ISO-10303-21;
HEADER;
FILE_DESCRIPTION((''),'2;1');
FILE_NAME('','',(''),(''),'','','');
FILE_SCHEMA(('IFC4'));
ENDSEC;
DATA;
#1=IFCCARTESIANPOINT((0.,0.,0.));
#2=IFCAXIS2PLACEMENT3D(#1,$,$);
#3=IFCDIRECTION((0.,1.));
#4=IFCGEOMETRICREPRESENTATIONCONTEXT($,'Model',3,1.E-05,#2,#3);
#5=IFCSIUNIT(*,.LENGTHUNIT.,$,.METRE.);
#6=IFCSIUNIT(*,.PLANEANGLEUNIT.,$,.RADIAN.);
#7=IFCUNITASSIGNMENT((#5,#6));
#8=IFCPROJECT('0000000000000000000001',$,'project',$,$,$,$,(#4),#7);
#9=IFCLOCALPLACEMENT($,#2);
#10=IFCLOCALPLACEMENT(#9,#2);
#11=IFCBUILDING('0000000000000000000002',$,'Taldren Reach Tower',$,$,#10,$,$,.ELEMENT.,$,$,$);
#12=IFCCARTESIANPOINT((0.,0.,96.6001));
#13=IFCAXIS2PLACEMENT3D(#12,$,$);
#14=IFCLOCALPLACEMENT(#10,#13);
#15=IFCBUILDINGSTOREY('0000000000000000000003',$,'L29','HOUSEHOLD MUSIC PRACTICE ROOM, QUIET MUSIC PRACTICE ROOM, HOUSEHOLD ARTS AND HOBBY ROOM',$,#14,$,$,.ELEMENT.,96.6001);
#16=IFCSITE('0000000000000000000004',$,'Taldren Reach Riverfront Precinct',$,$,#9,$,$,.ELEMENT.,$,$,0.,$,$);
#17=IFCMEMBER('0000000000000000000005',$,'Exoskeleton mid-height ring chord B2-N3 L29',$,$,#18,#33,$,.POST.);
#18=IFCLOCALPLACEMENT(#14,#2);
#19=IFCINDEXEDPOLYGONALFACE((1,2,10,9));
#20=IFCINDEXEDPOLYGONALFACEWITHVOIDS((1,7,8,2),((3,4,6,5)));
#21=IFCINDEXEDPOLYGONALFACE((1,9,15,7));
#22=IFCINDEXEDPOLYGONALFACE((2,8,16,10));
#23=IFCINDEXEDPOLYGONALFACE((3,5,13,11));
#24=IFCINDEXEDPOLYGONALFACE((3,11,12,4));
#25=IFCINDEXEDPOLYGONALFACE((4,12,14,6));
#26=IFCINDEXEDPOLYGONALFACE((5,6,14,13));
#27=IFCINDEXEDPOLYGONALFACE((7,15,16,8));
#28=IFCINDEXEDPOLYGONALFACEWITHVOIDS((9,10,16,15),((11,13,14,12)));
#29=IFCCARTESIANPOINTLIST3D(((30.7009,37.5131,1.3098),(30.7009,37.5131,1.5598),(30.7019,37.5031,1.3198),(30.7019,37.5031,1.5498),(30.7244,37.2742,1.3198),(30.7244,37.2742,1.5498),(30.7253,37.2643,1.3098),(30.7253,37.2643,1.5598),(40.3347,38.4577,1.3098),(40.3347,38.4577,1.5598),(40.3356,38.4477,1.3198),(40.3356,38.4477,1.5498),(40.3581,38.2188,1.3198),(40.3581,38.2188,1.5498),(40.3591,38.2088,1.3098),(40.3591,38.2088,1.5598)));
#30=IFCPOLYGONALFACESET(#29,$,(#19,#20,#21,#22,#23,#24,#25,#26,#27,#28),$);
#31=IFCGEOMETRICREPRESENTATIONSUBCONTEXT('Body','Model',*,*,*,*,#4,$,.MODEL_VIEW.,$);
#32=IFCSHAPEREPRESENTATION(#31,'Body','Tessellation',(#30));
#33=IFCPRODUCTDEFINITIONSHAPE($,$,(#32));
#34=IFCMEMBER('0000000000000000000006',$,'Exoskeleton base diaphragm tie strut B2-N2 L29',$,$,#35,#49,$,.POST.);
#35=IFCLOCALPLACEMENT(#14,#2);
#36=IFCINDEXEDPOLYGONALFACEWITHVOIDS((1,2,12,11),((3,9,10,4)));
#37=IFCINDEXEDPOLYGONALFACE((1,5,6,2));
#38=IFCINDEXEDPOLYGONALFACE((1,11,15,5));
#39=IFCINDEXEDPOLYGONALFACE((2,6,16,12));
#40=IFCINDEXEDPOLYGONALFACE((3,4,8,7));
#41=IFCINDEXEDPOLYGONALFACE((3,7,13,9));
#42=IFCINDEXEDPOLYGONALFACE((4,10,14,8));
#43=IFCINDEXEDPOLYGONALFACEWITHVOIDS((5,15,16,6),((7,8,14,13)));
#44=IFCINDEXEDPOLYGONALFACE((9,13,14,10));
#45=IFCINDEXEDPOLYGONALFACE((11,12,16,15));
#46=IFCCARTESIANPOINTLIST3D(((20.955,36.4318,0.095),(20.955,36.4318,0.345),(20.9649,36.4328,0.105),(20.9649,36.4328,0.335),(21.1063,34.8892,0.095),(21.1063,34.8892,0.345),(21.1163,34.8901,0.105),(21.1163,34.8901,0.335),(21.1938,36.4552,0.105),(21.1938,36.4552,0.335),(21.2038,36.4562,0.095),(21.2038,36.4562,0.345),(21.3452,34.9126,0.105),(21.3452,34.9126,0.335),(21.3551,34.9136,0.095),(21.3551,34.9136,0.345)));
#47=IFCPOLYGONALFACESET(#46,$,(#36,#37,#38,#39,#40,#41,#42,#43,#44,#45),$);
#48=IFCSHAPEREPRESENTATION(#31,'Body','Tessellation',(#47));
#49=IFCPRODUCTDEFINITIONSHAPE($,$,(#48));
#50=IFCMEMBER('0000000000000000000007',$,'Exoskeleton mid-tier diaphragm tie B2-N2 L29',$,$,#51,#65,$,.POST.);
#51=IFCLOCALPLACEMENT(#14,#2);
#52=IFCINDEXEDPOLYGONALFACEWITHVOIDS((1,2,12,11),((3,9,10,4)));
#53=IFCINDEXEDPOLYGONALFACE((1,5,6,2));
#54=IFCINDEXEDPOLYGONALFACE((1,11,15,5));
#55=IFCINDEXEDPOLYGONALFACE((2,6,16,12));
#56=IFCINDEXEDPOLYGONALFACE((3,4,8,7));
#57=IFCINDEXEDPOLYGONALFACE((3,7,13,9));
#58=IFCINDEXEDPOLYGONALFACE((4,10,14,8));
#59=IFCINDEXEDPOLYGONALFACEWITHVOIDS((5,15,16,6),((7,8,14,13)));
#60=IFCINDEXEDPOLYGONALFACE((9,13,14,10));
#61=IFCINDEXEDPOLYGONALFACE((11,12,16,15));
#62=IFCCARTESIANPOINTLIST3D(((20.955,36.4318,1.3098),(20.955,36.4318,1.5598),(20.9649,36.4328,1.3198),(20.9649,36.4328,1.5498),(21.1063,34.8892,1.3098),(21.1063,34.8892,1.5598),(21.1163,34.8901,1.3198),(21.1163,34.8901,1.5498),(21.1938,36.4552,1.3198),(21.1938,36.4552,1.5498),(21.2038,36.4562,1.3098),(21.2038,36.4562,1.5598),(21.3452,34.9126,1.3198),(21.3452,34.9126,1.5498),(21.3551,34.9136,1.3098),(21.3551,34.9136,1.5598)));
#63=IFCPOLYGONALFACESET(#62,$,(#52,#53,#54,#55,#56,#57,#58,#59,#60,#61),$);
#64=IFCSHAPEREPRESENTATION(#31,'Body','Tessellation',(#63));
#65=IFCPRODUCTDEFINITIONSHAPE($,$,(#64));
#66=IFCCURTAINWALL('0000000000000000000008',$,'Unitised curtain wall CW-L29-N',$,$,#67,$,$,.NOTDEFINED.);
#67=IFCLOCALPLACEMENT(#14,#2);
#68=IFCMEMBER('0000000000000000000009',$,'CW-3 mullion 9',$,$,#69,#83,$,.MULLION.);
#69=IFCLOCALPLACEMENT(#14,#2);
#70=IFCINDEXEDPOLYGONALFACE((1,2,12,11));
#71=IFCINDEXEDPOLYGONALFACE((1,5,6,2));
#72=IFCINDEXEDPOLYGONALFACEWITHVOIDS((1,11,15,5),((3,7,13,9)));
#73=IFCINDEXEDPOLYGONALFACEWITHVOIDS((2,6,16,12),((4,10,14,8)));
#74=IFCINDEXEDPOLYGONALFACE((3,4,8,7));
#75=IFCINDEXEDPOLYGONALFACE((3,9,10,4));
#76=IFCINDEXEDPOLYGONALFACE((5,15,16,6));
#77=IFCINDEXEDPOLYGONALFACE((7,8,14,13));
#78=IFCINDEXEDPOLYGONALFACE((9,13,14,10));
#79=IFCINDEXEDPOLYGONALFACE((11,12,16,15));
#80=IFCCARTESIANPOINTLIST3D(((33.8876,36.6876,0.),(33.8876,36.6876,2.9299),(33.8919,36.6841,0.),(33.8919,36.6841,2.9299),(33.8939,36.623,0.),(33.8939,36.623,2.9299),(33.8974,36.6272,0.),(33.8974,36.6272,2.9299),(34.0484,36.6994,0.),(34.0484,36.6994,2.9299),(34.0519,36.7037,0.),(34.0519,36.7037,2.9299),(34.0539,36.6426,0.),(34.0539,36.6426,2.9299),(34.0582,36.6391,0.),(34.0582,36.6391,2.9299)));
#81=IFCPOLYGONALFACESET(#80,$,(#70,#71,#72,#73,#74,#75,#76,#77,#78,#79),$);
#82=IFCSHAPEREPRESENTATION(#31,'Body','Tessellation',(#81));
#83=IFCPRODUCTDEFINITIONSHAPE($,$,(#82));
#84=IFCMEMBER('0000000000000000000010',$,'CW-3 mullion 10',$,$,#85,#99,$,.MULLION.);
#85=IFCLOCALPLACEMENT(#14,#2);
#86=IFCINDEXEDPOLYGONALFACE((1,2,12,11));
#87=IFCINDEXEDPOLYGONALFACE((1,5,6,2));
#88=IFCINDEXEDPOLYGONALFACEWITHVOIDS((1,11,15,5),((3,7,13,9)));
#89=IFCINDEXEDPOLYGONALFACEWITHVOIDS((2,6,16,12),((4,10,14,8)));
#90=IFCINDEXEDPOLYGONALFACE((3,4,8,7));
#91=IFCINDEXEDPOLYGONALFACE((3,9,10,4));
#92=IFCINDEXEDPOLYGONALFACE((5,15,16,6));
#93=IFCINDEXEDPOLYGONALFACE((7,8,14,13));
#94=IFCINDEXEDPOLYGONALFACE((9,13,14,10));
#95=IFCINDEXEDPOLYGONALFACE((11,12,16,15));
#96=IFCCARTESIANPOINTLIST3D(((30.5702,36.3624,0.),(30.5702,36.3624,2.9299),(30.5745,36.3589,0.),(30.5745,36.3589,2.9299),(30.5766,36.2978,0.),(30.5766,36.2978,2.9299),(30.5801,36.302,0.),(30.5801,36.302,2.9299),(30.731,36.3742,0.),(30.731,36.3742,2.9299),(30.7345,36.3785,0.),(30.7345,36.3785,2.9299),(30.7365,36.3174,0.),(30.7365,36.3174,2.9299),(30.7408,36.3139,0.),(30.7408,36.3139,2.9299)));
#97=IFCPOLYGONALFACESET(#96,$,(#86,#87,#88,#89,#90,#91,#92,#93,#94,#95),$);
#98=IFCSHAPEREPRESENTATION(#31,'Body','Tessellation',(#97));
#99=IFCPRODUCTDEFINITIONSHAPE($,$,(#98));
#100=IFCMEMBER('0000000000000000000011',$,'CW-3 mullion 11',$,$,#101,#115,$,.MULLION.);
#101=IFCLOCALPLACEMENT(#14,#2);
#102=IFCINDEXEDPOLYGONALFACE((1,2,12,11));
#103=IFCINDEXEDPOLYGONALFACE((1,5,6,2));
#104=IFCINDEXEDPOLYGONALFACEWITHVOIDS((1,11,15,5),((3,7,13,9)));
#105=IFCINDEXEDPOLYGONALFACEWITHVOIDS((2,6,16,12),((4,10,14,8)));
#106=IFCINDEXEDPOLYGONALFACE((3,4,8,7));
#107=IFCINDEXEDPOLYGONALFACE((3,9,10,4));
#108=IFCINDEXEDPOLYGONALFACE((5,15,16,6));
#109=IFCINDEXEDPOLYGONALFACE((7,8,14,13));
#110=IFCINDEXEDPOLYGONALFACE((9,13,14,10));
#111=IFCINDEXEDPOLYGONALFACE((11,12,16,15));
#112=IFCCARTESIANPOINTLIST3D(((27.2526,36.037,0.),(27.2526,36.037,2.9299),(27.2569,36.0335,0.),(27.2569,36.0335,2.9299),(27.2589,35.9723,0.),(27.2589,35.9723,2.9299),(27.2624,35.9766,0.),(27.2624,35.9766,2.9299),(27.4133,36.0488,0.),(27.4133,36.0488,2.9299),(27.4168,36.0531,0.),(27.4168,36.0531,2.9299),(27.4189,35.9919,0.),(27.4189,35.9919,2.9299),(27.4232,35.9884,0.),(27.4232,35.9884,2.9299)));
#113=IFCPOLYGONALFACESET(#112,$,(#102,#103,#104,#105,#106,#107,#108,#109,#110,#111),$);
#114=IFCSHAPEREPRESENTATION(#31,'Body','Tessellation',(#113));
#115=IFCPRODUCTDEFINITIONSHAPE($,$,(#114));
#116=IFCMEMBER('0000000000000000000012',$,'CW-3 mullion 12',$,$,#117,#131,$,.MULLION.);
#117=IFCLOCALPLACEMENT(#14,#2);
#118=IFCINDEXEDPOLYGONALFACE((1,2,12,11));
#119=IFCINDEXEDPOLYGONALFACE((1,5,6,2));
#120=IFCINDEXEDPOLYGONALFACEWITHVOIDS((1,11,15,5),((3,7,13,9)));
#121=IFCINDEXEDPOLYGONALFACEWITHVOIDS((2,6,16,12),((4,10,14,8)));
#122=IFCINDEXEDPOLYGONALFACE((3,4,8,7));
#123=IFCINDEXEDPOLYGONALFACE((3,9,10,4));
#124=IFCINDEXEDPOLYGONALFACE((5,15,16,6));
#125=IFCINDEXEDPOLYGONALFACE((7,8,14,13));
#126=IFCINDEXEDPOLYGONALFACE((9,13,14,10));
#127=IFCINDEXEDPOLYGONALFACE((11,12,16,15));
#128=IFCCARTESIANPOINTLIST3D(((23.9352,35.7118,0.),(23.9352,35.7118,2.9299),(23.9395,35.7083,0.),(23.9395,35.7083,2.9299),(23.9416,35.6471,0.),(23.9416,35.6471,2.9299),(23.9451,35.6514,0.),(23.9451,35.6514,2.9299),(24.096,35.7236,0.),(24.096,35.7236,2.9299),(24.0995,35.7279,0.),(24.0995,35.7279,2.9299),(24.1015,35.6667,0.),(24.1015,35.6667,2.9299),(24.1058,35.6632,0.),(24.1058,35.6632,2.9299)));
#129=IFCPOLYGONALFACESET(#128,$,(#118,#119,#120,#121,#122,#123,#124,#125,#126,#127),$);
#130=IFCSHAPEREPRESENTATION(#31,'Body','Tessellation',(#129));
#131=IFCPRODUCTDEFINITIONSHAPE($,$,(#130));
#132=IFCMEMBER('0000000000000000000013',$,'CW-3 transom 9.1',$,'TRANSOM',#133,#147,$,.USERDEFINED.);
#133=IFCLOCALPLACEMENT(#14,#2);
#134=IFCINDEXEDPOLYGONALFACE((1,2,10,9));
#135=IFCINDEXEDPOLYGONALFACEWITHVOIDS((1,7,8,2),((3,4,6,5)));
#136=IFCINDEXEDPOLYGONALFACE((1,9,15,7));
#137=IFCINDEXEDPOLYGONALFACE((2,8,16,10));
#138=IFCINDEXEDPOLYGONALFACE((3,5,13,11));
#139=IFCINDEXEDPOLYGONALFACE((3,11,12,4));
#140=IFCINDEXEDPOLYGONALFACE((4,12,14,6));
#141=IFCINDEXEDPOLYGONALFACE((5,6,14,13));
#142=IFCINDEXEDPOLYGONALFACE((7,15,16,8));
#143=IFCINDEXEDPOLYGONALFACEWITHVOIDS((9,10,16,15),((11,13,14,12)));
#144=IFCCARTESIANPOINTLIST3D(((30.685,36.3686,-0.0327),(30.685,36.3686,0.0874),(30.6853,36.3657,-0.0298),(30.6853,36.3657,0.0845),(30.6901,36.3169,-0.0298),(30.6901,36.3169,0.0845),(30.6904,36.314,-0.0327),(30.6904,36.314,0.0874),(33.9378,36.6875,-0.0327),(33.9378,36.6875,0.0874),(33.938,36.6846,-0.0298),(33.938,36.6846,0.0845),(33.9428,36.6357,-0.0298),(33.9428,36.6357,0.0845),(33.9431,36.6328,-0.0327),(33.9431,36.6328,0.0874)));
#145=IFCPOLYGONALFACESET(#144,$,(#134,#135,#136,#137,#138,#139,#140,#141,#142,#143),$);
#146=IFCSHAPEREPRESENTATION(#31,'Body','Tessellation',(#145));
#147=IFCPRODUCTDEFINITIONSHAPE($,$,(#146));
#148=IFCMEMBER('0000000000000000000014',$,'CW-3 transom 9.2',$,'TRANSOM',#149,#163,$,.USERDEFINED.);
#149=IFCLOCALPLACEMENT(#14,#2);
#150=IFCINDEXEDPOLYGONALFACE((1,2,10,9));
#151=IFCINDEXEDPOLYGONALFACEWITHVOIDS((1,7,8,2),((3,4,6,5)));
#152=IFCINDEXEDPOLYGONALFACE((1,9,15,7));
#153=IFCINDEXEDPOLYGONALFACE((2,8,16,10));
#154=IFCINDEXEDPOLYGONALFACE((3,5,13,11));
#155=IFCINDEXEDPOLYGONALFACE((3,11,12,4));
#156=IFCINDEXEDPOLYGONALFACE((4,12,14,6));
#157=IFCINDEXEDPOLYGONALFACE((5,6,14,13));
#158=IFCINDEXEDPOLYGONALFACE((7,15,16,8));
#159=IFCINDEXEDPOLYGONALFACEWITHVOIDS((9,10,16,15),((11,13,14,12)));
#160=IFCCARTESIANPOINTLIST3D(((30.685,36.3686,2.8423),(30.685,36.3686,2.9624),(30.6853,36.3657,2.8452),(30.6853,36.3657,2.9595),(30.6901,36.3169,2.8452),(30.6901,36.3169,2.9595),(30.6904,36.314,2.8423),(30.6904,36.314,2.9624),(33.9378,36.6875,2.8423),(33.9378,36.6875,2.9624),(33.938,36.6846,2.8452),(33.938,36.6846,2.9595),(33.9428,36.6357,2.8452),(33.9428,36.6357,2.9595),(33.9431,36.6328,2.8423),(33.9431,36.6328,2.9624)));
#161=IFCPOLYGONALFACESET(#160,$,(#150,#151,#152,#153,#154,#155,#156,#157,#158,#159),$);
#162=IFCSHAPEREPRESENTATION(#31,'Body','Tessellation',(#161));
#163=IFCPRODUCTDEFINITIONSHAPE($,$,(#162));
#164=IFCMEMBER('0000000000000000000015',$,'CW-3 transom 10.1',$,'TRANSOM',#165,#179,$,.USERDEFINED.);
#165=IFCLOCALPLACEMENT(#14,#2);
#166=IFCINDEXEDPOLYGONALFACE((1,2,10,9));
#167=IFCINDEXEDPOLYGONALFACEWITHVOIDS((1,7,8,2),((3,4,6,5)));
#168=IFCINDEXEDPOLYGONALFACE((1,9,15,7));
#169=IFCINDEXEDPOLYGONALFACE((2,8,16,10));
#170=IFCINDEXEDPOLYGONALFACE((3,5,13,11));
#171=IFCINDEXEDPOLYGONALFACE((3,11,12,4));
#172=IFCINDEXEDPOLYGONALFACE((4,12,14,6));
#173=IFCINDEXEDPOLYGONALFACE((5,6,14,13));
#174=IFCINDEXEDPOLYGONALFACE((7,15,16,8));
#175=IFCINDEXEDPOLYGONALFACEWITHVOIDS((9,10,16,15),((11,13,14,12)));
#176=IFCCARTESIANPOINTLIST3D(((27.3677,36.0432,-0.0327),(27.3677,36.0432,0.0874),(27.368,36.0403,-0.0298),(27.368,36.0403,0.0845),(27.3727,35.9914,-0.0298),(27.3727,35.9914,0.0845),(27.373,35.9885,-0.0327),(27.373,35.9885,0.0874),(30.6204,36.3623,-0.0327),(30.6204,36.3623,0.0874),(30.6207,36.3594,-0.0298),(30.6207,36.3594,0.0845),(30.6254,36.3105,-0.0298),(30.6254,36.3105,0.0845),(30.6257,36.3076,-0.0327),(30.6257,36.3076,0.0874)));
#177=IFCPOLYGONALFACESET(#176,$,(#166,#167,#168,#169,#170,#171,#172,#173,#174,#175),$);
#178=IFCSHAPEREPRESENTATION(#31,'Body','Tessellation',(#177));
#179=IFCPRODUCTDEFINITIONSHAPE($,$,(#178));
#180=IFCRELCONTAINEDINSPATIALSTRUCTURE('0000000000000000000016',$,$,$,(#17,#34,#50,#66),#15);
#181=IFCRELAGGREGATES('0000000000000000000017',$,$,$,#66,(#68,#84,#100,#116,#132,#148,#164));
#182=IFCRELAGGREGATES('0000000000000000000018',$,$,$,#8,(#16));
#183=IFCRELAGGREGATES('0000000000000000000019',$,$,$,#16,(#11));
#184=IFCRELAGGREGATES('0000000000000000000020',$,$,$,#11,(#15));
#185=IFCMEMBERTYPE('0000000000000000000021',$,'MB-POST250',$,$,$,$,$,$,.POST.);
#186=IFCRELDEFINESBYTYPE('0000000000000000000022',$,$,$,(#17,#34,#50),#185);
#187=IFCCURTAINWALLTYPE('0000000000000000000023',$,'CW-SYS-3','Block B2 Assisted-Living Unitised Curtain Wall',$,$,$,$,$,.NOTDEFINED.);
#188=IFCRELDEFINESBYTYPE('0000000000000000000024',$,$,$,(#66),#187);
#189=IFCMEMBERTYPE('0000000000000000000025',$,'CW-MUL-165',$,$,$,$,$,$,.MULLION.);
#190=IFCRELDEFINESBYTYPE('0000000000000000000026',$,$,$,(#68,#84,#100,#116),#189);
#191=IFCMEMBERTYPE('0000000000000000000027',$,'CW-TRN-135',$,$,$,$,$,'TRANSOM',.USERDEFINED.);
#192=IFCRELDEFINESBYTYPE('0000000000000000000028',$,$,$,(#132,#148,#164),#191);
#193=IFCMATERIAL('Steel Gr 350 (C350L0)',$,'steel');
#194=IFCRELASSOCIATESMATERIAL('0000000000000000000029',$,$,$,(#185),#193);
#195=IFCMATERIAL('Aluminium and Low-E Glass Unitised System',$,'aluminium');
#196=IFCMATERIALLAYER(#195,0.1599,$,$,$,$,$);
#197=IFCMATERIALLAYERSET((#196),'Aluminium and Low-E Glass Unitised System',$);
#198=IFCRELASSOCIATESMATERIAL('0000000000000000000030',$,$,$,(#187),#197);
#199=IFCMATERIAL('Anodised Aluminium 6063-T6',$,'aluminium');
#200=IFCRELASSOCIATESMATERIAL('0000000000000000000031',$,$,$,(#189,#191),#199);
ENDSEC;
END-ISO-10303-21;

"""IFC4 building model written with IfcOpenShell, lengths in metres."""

from ifc_helpers import new_model, si_unit, direction, frame, origin, origin_2d, place, context, subcontext, project, spatial, hollow_rectangle, extrude, source, transform, mapped, material, layer, layer_set, material_profile, profile_set, type_object, element, aggregate, save


model = new_model("IFC4")

# Units and contexts
model_context = context("Model", 3, precision=1e-05, world=origin(), true_north=direction((0.0, 1.0)))
body_context = subcontext(model_context, "Body", "Model", "MODEL_VIEW")
ifc_project = project(units=[si_unit("LENGTHUNIT", "METRE"), si_unit("PLANEANGLEUNIT", "RADIAN")], contexts=[model_context])

# Site, building, storey
site_placement = place(None, origin())
site = spatial("IfcSite", under=ifc_project, at=site_placement, Name="Taldren Reach Riverfront Precinct", CompositionType="ELEMENT", RefElevation=0.0)
building_placement = place(site_placement, origin())
building = spatial("IfcBuilding", under=site, at=building_placement, Name="Taldren Reach Tower", CompositionType="ELEMENT")
storey_placement = place(building_placement, frame((0.0, 0.0, 96.6001)))
storey = spatial("IfcBuildingStorey", under=building, at=storey_placement, Name="L29", Description="HOUSEHOLD MUSIC PRACTICE ROOM, QUIET MUSIC PRACTICE ROOM, HOUSEHOLD ARTS AND HOBBY ROOM", CompositionType="ELEMENT", Elevation=96.6001)

# Shared definitions
ifc_material_1 = material(Name="Steel Gr 350 (C350L0)", Category="steel")
ifc_material_profile_1 = material_profile(ifc_material_1, hollow_rectangle(XDim=0.25, YDim=0.25, WallThickness=0.01, at=origin_2d()), Name="250x250x10.0SHS")
ifc_profile_set_1 = profile_set([ifc_material_profile_1], Name="Steel Gr 350 (C350L0)")
member_type_1 = type_object("IfcMemberType", Name="MB-POST250", PredefinedType="POST", material=ifc_profile_set_1)

# Members
shared_shape_1 = source(origin(), body_context, "Body", "SweptSolid", [
    extrude(hollow_rectangle(XDim=0.25, YDim=0.25, WallThickness=0.01, at=origin_2d()), origin(), (0.0, 0.0, 1.0), 9.6799),
])
for number, where, z_axis, x_axis, name in (
    (1, (30.7131, 37.3887, 1.4348), (0.995228, 0.097581, 0.0), (-0.097581, 0.995228, 0.0), "Exoskeleton mid-height ring chord B2-N3 L29"),
):
    element("IfcMember", number, at=place(storey_placement, frame(where, z_axis=z_axis, x_axis=x_axis)), inside=storey, type_object=member_type_1, Name=name, PredefinedType="POST", context=body_context, shape_type="MappedRepresentation", body=[
        mapped(shared_shape_1, transform((0.0, 0.0, 0.0), scale=1.0)),
    ])
shared_shape_2 = source(origin(), body_context, "Body", "SweptSolid", [
    extrude(hollow_rectangle(XDim=0.25, YDim=0.25, WallThickness=0.01, at=origin_2d()), origin(), (0.0, 0.0, 1.0), 1.55),
])
for number, where, z_axis, x_axis, name in (
    (2, (21.2307, 34.9014, 0.22), (-0.097648, 0.995221, 0.0), (-0.995221, -0.097648, 0.0), "Exoskeleton base diaphragm tie strut B2-N2 L29"),
    (3, (21.2307, 34.9014, 1.4348), (-0.097648, 0.995221, 0.0), (-0.995221, -0.097648, 0.0), "Exoskeleton mid-tier diaphragm tie B2-N2 L29"),
):
    element("IfcMember", number, at=place(storey_placement, frame(where, z_axis=z_axis, x_axis=x_axis)), inside=storey, type_object=member_type_1, Name=name, PredefinedType="POST", context=body_context, shape_type="MappedRepresentation", body=[
        mapped(shared_shape_2, transform((0.0, 0.0, 0.0), scale=1.0)),
    ])

# Curtain wall, members
ifc_material_2 = material(Name="Aluminium and Low-E Glass Unitised System", Category="aluminium")
ifc_layer_1 = layer(ifc_material_2, 0.1599)
ifc_layer_set_1 = layer_set([ifc_layer_1], Name="Aluminium and Low-E Glass Unitised System")
curtain_wall_type = type_object("IfcCurtainWallType", Name="CW-SYS-3", Description="Block B2 Assisted-Living Unitised Curtain Wall", PredefinedType="NOTDEFINED", material=ifc_layer_set_1)
curtain_wall_placement = place(storey_placement, origin())
curtain_wall = element("IfcCurtainWall", 4, at=curtain_wall_placement, inside=storey, type_object=curtain_wall_type, Name="Unitised curtain wall CW-L29-N", PredefinedType="NOTDEFINED")
ifc_material_3 = material(Name="Anodised Aluminium 6063-T6", Category="aluminium")
ifc_material_profile_2 = material_profile(ifc_material_3, hollow_rectangle(XDim=0.0649, YDim=0.165, WallThickness=0.0039, at=origin_2d()), Name="ALU-165x65x4RHS")
ifc_profile_set_2 = profile_set([ifc_material_profile_2], Name="Anodised Aluminium 6063-T6")
member_type_2 = type_object("IfcMemberType", Name="CW-MUL-165", PredefinedType="MULLION", material=ifc_profile_set_2)
shared_shape_3 = source(origin(), body_context, "Body", "SweptSolid", [
    extrude(hollow_rectangle(XDim=0.0649, YDim=0.165, WallThickness=0.0039, at=origin_2d()), origin(), (0.0, 0.0, 1.0), 2.9299),
])
member_1_placement = place(storey_placement, frame((33.9729, 36.6633, 0.0), z_axis=(0.0, 0.0, 1.0), x_axis=(0.097583, -0.995227, 0.0)))
member_1 = element("IfcMember", 5, at=member_1_placement, type_object=member_type_2, Name="CW-3 mullion 9", PredefinedType="MULLION", context=body_context, shape_type="MappedRepresentation", body=[
    mapped(shared_shape_3, transform((0.0, 0.0, 0.0), scale=1.0)),
])
member_2_placement = place(storey_placement, frame((30.6555, 36.3381, 0.0), z_axis=(0.0, 0.0, 1.0), x_axis=(0.097583, -0.995227, 0.0)))
member_2 = element("IfcMember", 6, at=member_2_placement, type_object=member_type_2, Name="CW-3 mullion 10", PredefinedType="MULLION", context=body_context, shape_type="MappedRepresentation", body=[
    mapped(shared_shape_3, transform((0.0, 0.0, 0.0), scale=1.0)),
])
member_3_placement = place(storey_placement, frame((27.3379, 36.0127, 0.0), z_axis=(0.0, 0.0, 1.0), x_axis=(0.097583, -0.995227, 0.0)))
member_3 = element("IfcMember", 7, at=member_3_placement, type_object=member_type_2, Name="CW-3 mullion 11", PredefinedType="MULLION", context=body_context, shape_type="MappedRepresentation", body=[
    mapped(shared_shape_3, transform((0.0, 0.0, 0.0), scale=1.0)),
])
member_4_placement = place(storey_placement, frame((24.0205, 35.6875, 0.0), z_axis=(0.0, 0.0, 1.0), x_axis=(0.097583, -0.995227, 0.0)))
member_4 = element("IfcMember", 8, at=member_4_placement, type_object=member_type_2, Name="CW-3 mullion 12", PredefinedType="MULLION", context=body_context, shape_type="MappedRepresentation", body=[
    mapped(shared_shape_3, transform((0.0, 0.0, 0.0), scale=1.0)),
])
ifc_material_profile_3 = material_profile(ifc_material_3, hollow_rectangle(XDim=0.0549, YDim=0.1201, WallThickness=0.0029, at=origin_2d()), Name="ALU-120x55x3RHS")
ifc_profile_set_3 = profile_set([ifc_material_profile_3], Name="Anodised Aluminium 6063-T6")
member_type_3 = type_object("IfcMemberType", Name="CW-TRN-135", ElementType="TRANSOM", PredefinedType="USERDEFINED", material=ifc_profile_set_3)
shared_shape_4 = source(origin(), body_context, "Body", "SweptSolid", [
    extrude(hollow_rectangle(XDim=0.0549, YDim=0.1201, WallThickness=0.0029, at=origin_2d()), origin(), (0.0, 0.0, 1.0), 3.2683),
])
member_5_placement = place(storey_placement, frame((33.9404, 36.6602, 0.0273), z_axis=(-0.99523, -0.097558, 0.0), x_axis=(0.097558, -0.99523, 0.0)))
member_5 = element("IfcMember", 9, at=member_5_placement, type_object=member_type_3, Name="CW-3 transom 9.1", ObjectType="TRANSOM", PredefinedType="USERDEFINED", context=body_context, shape_type="MappedRepresentation", body=[
    mapped(shared_shape_4, transform((0.0, 0.0, 0.0), scale=1.0)),
])
member_6_placement = place(storey_placement, frame((33.9404, 36.6602, 2.9023), z_axis=(-0.99523, -0.097558, 0.0), x_axis=(0.097558, -0.99523, 0.0)))
member_6 = element("IfcMember", 10, at=member_6_placement, type_object=member_type_3, Name="CW-3 transom 9.2", ObjectType="TRANSOM", PredefinedType="USERDEFINED", context=body_context, shape_type="MappedRepresentation", body=[
    mapped(shared_shape_4, transform((0.0, 0.0, 0.0), scale=1.0)),
])
member_7_placement = place(storey_placement, frame((30.623, 36.335, 0.0273), z_axis=(-0.995223, -0.097632, 0.0), x_axis=(0.097632, -0.995223, 0.0)))
member_7 = element("IfcMember", 11, at=member_7_placement, type_object=member_type_3, Name="CW-3 transom 10.1", ObjectType="TRANSOM", PredefinedType="USERDEFINED", context=body_context, shape_type="MappedRepresentation", body=[
    mapped(shared_shape_4, transform((0.0, 0.0, 0.0), scale=1.0)),
])

aggregate(curtain_wall, [member_1, member_2, member_3, member_4, member_5, member_6, member_7])

save(model, "model.ifc")
